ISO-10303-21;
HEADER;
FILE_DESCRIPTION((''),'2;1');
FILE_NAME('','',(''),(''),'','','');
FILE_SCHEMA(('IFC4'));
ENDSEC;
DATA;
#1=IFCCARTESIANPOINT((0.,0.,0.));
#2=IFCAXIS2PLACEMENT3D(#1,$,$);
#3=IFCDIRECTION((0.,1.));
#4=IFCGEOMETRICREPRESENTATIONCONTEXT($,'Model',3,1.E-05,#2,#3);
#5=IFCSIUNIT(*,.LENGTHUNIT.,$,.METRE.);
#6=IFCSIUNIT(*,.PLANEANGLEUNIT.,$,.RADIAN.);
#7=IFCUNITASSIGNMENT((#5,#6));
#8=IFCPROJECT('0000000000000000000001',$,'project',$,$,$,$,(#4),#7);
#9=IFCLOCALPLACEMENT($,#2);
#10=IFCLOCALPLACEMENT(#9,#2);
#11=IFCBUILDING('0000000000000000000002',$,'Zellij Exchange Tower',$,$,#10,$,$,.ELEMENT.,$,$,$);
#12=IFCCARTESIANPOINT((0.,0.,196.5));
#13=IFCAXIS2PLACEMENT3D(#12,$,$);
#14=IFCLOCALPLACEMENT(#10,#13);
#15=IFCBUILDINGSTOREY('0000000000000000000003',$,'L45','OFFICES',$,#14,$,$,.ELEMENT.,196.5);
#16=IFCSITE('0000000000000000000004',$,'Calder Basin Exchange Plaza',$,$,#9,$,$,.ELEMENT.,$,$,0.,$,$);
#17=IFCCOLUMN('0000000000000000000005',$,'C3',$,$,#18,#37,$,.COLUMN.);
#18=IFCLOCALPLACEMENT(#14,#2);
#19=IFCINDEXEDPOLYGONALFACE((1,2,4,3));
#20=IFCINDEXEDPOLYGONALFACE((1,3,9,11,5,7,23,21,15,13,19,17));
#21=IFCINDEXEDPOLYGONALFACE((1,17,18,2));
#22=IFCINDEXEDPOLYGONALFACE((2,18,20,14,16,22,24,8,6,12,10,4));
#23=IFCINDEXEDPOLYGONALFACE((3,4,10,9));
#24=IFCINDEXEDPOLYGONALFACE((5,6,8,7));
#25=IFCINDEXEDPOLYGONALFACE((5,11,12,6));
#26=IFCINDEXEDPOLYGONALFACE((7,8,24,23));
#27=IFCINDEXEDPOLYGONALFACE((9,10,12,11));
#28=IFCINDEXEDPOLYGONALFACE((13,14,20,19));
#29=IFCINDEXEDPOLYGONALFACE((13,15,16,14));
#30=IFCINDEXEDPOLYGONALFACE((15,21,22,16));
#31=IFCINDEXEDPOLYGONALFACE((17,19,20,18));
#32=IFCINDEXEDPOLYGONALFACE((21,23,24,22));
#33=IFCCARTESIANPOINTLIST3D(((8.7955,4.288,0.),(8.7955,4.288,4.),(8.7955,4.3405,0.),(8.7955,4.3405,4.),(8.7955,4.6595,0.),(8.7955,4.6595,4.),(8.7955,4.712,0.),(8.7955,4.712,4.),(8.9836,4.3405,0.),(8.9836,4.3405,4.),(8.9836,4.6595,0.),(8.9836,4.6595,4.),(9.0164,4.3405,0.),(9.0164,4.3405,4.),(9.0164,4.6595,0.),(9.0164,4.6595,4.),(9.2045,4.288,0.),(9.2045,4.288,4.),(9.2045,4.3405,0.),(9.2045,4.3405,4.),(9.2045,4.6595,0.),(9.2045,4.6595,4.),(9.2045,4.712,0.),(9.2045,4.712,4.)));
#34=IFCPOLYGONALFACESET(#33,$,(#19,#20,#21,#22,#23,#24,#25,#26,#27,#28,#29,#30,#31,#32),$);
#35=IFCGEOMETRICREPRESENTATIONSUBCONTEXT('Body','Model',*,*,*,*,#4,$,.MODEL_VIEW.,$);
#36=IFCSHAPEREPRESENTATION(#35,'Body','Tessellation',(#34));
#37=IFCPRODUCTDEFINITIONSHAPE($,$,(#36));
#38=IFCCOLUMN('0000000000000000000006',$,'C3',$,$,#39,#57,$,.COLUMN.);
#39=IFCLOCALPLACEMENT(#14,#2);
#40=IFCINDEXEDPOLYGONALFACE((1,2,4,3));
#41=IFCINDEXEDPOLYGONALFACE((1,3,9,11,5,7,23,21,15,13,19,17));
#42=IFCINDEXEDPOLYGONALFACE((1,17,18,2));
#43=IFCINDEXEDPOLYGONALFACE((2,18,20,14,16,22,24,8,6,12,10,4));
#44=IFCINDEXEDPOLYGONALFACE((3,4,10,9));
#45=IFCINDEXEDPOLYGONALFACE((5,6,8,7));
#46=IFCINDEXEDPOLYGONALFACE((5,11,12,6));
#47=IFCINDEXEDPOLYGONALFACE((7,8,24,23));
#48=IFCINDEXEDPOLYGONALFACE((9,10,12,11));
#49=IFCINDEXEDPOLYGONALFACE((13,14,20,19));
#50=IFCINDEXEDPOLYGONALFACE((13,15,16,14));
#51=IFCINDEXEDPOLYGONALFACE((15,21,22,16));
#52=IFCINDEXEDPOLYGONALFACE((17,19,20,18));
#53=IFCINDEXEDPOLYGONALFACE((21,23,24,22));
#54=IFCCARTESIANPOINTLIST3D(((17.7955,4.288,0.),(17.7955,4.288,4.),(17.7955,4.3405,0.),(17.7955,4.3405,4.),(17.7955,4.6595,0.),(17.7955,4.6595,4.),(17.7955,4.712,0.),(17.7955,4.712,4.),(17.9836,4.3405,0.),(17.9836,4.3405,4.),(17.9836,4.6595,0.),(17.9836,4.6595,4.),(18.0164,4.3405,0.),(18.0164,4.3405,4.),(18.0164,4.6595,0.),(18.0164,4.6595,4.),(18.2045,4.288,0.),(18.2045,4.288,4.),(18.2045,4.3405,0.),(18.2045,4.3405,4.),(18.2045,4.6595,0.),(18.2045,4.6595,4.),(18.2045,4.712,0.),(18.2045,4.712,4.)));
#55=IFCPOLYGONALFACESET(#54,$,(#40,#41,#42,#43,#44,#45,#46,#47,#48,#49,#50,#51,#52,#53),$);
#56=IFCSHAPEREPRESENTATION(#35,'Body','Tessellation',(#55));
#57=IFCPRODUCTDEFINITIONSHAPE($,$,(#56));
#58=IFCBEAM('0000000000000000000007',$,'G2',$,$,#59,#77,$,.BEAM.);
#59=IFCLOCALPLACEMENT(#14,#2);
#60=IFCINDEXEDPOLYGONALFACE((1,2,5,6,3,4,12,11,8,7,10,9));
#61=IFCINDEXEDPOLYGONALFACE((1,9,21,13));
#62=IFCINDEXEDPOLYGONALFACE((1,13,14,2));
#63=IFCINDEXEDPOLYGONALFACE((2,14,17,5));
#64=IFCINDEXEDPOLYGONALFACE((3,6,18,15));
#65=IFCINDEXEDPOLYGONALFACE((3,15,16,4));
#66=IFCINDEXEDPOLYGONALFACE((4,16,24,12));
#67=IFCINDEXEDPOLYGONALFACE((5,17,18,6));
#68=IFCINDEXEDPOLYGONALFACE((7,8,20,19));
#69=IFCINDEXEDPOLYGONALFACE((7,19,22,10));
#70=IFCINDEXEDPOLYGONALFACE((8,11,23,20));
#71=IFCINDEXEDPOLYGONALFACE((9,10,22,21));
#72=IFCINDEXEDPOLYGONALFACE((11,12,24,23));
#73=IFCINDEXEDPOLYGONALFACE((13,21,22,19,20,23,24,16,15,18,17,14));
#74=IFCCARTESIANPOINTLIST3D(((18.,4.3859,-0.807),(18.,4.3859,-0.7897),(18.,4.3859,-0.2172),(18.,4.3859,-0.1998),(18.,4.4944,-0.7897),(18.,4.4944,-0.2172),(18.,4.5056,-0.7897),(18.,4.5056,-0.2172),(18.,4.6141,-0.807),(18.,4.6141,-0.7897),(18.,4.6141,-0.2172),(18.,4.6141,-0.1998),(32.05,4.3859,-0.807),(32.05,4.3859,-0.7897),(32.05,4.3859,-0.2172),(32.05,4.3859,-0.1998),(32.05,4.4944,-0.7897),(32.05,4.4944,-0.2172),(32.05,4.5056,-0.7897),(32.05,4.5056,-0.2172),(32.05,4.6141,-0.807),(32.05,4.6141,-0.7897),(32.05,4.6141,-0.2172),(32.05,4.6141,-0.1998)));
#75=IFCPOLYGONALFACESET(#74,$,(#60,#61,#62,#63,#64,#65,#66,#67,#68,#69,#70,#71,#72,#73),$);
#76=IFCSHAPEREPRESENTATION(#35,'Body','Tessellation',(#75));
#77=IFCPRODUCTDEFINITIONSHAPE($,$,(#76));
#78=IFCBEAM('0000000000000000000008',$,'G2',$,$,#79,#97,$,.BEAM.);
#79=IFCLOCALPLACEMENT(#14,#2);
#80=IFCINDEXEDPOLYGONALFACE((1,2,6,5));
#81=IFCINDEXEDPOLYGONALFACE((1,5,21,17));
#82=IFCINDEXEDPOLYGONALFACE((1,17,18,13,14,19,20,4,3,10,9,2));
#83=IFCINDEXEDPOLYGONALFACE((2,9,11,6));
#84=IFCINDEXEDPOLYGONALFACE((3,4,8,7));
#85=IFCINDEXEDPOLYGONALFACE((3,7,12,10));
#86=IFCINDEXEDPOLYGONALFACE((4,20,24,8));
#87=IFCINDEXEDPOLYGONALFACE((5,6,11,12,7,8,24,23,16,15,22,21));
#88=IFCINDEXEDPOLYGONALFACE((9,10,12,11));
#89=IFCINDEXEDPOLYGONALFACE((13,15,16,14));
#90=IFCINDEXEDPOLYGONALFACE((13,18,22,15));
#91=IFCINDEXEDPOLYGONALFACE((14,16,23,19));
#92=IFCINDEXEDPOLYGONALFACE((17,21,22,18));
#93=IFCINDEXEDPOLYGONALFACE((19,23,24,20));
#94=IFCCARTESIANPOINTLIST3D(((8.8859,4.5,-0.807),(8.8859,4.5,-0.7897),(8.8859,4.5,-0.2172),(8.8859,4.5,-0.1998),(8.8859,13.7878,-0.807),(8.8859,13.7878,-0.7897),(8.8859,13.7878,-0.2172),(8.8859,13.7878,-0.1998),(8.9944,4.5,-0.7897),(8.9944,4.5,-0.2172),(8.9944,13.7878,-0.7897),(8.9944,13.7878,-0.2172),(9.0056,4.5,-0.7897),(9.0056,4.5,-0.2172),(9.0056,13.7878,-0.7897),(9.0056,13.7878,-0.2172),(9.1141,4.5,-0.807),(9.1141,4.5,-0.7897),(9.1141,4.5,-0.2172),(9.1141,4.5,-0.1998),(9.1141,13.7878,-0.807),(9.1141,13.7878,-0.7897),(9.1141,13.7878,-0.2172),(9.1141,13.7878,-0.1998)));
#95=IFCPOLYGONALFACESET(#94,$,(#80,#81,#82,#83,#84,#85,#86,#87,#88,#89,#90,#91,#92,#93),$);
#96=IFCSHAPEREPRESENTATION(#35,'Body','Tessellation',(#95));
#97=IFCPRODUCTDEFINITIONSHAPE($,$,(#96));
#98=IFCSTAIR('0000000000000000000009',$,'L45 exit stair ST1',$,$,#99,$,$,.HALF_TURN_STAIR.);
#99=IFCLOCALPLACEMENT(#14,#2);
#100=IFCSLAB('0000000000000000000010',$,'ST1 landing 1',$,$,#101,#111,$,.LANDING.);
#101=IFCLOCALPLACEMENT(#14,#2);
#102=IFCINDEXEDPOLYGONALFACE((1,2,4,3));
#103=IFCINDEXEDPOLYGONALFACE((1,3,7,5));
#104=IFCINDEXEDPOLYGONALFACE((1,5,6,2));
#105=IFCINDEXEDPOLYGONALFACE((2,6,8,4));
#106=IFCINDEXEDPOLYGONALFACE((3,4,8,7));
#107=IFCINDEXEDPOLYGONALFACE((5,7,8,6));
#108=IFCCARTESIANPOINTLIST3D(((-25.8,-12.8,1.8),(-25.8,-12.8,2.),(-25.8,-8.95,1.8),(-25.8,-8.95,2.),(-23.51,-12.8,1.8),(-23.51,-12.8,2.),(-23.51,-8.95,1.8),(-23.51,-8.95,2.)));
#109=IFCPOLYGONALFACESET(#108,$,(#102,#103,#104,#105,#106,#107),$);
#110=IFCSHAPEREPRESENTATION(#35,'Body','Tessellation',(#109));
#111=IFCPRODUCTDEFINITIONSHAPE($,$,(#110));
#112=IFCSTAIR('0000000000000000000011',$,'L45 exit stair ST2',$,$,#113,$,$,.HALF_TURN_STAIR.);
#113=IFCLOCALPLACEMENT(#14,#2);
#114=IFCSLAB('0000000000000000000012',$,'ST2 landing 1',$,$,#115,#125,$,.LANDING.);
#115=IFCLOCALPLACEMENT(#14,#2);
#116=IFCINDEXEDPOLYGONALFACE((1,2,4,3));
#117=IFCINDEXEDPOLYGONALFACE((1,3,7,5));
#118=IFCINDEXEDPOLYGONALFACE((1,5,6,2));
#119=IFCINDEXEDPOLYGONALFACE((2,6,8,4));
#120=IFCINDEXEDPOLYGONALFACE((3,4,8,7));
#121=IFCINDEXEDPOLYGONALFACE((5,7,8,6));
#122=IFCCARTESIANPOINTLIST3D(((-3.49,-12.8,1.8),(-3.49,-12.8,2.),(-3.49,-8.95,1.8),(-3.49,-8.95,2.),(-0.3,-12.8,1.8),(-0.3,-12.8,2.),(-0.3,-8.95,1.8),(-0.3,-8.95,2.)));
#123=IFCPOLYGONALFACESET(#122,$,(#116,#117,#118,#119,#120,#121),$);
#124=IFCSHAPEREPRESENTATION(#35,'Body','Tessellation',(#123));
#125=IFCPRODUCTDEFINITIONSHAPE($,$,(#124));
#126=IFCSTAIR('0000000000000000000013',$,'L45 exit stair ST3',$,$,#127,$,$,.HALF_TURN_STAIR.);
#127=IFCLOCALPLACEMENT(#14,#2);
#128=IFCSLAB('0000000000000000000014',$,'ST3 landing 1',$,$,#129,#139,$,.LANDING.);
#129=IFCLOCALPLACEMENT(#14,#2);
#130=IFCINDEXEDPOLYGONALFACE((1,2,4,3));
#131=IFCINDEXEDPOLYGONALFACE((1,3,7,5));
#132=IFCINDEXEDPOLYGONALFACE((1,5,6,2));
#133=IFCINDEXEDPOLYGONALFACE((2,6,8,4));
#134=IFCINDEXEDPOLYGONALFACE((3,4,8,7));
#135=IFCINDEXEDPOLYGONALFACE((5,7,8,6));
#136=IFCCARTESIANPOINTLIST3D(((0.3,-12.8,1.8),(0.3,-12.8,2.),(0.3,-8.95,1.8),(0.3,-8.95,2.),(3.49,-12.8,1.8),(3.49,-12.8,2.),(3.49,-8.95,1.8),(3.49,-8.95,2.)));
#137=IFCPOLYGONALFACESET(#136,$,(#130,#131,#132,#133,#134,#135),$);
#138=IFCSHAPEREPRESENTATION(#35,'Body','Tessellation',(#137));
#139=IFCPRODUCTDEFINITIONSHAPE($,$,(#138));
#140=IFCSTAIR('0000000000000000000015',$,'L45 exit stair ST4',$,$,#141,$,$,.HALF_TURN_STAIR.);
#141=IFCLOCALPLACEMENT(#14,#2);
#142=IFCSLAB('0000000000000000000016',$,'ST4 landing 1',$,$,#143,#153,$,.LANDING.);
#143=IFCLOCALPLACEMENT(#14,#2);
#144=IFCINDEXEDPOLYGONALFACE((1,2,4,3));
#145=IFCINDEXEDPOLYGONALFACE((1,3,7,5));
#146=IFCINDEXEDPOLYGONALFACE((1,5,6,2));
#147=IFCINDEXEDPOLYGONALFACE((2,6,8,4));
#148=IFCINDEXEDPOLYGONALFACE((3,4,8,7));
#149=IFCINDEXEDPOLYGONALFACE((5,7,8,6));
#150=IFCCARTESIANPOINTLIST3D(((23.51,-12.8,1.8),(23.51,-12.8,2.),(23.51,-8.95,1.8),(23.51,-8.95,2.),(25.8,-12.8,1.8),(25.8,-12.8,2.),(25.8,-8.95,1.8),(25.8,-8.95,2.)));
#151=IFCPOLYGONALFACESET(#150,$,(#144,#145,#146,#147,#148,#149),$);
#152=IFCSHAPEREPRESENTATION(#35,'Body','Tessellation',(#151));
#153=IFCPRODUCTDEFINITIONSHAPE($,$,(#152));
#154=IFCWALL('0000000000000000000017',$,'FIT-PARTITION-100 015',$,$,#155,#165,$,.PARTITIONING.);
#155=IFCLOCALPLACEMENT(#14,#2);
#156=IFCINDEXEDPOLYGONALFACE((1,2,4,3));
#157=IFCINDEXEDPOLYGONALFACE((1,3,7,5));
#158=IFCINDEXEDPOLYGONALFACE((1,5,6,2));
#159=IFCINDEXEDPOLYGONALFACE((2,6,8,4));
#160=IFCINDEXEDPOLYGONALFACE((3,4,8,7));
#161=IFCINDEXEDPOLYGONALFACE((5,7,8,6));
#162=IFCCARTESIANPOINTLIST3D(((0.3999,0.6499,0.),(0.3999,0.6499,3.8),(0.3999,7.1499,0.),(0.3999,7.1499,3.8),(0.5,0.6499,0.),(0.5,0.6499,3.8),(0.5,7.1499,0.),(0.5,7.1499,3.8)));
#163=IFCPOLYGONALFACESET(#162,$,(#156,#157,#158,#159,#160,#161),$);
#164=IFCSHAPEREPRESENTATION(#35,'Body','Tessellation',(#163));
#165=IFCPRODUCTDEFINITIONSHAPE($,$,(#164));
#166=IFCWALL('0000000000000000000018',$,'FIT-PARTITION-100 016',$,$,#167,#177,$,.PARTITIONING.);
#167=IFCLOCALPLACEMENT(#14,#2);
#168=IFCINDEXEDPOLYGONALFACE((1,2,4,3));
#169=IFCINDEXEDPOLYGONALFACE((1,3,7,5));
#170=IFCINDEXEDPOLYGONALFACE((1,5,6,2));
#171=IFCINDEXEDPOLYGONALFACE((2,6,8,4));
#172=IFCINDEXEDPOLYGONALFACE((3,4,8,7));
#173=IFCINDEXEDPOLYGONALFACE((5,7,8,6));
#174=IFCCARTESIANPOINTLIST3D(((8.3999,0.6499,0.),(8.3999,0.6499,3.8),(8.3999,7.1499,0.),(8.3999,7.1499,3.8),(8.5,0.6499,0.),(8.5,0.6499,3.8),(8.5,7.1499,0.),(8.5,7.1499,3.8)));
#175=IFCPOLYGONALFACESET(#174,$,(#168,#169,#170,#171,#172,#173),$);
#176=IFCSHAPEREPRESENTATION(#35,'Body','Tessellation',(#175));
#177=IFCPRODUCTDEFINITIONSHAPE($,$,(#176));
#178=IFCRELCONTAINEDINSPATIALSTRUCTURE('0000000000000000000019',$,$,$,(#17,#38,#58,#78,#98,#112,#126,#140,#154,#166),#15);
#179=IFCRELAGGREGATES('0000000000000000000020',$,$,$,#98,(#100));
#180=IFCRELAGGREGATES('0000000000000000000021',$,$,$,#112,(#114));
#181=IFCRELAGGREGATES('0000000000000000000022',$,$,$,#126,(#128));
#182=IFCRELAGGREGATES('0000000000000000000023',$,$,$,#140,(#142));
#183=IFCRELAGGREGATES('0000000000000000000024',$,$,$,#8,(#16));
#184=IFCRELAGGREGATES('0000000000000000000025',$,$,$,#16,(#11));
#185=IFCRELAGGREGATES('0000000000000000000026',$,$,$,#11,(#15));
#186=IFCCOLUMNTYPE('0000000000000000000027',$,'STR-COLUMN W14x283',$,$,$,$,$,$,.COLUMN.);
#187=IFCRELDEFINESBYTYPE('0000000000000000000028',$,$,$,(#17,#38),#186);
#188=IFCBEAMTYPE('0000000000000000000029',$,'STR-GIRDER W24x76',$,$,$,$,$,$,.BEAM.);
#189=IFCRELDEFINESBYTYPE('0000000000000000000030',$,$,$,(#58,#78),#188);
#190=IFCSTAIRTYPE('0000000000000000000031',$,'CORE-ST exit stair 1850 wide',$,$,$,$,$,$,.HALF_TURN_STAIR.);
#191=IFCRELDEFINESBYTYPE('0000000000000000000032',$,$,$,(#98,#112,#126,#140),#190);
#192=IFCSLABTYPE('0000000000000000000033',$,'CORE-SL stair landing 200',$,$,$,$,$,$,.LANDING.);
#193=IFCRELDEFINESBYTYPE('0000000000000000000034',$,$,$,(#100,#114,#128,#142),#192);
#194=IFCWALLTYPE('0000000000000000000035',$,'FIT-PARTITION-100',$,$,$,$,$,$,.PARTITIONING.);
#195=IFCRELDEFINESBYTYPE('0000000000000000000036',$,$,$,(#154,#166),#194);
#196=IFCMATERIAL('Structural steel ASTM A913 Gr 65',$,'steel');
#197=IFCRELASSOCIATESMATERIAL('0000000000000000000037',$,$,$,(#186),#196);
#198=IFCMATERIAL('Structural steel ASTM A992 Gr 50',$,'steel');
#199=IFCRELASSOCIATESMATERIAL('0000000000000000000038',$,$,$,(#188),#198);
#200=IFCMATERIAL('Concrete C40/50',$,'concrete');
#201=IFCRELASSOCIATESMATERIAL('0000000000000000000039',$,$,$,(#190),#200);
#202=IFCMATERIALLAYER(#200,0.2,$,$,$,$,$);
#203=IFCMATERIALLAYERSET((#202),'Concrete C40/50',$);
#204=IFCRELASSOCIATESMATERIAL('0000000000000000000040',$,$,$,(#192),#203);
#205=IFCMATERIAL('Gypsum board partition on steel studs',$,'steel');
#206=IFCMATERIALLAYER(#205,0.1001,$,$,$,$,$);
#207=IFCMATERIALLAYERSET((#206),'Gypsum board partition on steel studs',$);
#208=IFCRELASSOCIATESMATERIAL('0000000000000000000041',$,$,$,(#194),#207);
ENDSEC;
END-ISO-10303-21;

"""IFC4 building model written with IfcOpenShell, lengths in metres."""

from ifc_helpers import new_model, si_unit, direction, frame, frame_2d, origin, origin_2d, place, context, subcontext, project, spatial, polyline, rectangle, i_section, outline, extrude, material, layer, layer_set, material_profile, profile_set, type_object, element, aggregate, save


model = new_model("IFC4")

# Units and contexts
model_context = context("Model", 3, precision=1e-05, world=origin(), true_north=direction((0.0, 1.0)))
body_context = subcontext(model_context, "Body", "Model", "MODEL_VIEW")
ifc_project = project(units=[si_unit("LENGTHUNIT", "METRE"), si_unit("PLANEANGLEUNIT", "RADIAN")], contexts=[model_context])

# Site, building, storey
site_placement = place(None, origin())
site = spatial("IfcSite", under=ifc_project, at=site_placement, Name="Calder Basin Exchange Plaza", CompositionType="ELEMENT", RefElevation=0.0)
building_placement = place(site_placement, origin())
building = spatial("IfcBuilding", under=site, at=building_placement, Name="Zellij Exchange Tower", CompositionType="ELEMENT")
storey_placement = place(building_placement, frame((0.0, 0.0, 196.5)))
storey = spatial("IfcBuildingStorey", under=building, at=storey_placement, Name="L45", Description="OFFICES", CompositionType="ELEMENT", Elevation=196.5)

# Columns
ifc_material_1 = material(Name="Structural steel ASTM A913 Gr 65", Category="steel")
ifc_material_profile_1 = material_profile(ifc_material_1, i_section(OverallWidth=0.4089, OverallDepth=0.4241, WebThickness=0.0327, FlangeThickness=0.0525, at=origin_2d()), Name="W14x283")
ifc_profile_set_1 = profile_set([ifc_material_profile_1], Name="Structural steel ASTM A913 Gr 65")
column_type = type_object("IfcColumnType", Name="STR-COLUMN W14x283", PredefinedType="COLUMN", material=ifc_profile_set_1)
for number, where, z_axis, x_axis, name in (
    (1, (9.0, 4.5, 0.0), (0.0, 0.0, 1.0), (1.0, 0.0, 0.0), "C3"),
    (2, (18.0, 4.5, 0.0), (0.0, 0.0, 1.0), (1.0, 0.0, 0.0), "C3"),
):
    element("IfcColumn", number, at=place(storey_placement, frame(where, z_axis=z_axis, x_axis=x_axis)), inside=storey, type_object=column_type, Name=name, PredefinedType="COLUMN", context=body_context, shape_type="SweptSolid", body=[
        extrude(i_section(OverallWidth=0.4089, OverallDepth=0.4241, WebThickness=0.0327, FlangeThickness=0.0525, at=origin_2d()), origin(), (0.0, 0.0, 1.0), 4.0),
    ])

# Beams
ifc_material_2 = material(Name="Structural steel ASTM A992 Gr 50", Category="steel")
ifc_material_profile_2 = material_profile(ifc_material_2, i_section(OverallWidth=0.2283, OverallDepth=0.6072, WebThickness=0.0112, FlangeThickness=0.0173, at=origin_2d()), Name="W24x76")
ifc_profile_set_2 = profile_set([ifc_material_profile_2], Name="Structural steel ASTM A992 Gr 50")
beam_type = type_object("IfcBeamType", Name="STR-GIRDER W24x76", PredefinedType="BEAM", material=ifc_profile_set_2)
beam_1_placement = place(storey_placement, frame((18.0, 4.5, -0.5034), z_axis=(1.0, 0.0, 0.0), x_axis=(0.0, 1.0, 0.0)))
element("IfcBeam", 3, at=beam_1_placement, inside=storey, type_object=beam_type, Name="G2", PredefinedType="BEAM", context=body_context, shape_type="SweptSolid", body=[
    extrude(i_section(OverallWidth=0.2283, OverallDepth=0.6072, WebThickness=0.0112, FlangeThickness=0.0173, at=origin_2d()), origin(), (0.0, 0.0, 1.0), 14.05),
])
beam_2_placement = place(storey_placement, frame((9.0, 4.5, -0.5034), z_axis=(0.0, 1.0, 0.0), x_axis=(-1.0, 0.0, 0.0)))
element("IfcBeam", 4, at=beam_2_placement, inside=storey, type_object=beam_type, Name="G2", PredefinedType="BEAM", context=body_context, shape_type="SweptSolid", body=[
    extrude(i_section(OverallWidth=0.2283, OverallDepth=0.6072, WebThickness=0.0112, FlangeThickness=0.0173, at=origin_2d()), origin(), (0.0, 0.0, 1.0), 9.2878),
])

# Stairs, slabs
ifc_material_3 = material(Name="Concrete C40/50", Category="concrete")
stair_type = type_object("IfcStairType", Name="CORE-ST exit stair 1850 wide", PredefinedType="HALF_TURN_STAIR", material=ifc_material_3)
stair_1_placement = place(storey_placement, origin())
stair_1 = element("IfcStair", 5, at=stair_1_placement, inside=storey, type_object=stair_type, Name="L45 exit stair ST1", PredefinedType="HALF_TURN_STAIR")
ifc_layer_1 = layer(ifc_material_3, 0.2)
ifc_layer_set_1 = layer_set([ifc_layer_1], Name="Concrete C40/50")
slab_type = type_object("IfcSlabType", Name="CORE-SL stair landing 200", PredefinedType="LANDING", material=ifc_layer_set_1)
slab_1_placement = place(storey_placement, frame((0.0, 0.0, 1.8)))
slab_1 = element("IfcSlab", 6, at=slab_1_placement, type_object=slab_type, Name="ST1 landing 1", PredefinedType="LANDING", context=body_context, shape_type="SweptSolid", body=[
    extrude(outline(polyline([(-23.51, -8.95), (-25.8, -8.95), (-25.8, -12.8), (-23.51, -12.8), (-23.51, -8.95)])), origin(), (0.0, 0.0, 1.0), 0.2),
])
aggregate(stair_1, [slab_1])
stair_2_placement = place(storey_placement, origin())
stair_2 = element("IfcStair", 7, at=stair_2_placement, inside=storey, type_object=stair_type, Name="L45 exit stair ST2", PredefinedType="HALF_TURN_STAIR")
slab_2_placement = place(storey_placement, frame((0.0, 0.0, 1.8)))
slab_2 = element("IfcSlab", 8, at=slab_2_placement, type_object=slab_type, Name="ST2 landing 1", PredefinedType="LANDING", context=body_context, shape_type="SweptSolid", body=[
    extrude(outline(polyline([(-3.49, -12.8), (-0.3, -12.8), (-0.3, -8.95), (-3.49, -8.95), (-3.49, -12.8)])), origin(), (0.0, 0.0, 1.0), 0.2),
])
aggregate(stair_2, [slab_2])
stair_3_placement = place(storey_placement, origin())
stair_3 = element("IfcStair", 9, at=stair_3_placement, inside=storey, type_object=stair_type, Name="L45 exit stair ST3", PredefinedType="HALF_TURN_STAIR")
slab_3_placement = place(storey_placement, frame((0.0, 0.0, 1.8)))
slab_3 = element("IfcSlab", 10, at=slab_3_placement, type_object=slab_type, Name="ST3 landing 1", PredefinedType="LANDING", context=body_context, shape_type="SweptSolid", body=[
    extrude(outline(polyline([(3.49, -8.95), (0.3, -8.95), (0.3, -12.8), (3.49, -12.8), (3.49, -8.95)])), origin(), (0.0, 0.0, 1.0), 0.2),
])
aggregate(stair_3, [slab_3])
stair_4_placement = place(storey_placement, origin())
stair_4 = element("IfcStair", 11, at=stair_4_placement, inside=storey, type_object=stair_type, Name="L45 exit stair ST4", PredefinedType="HALF_TURN_STAIR")
slab_4_placement = place(storey_placement, frame((0.0, 0.0, 1.8)))
slab_4 = element("IfcSlab", 12, at=slab_4_placement, type_object=slab_type, Name="ST4 landing 1", PredefinedType="LANDING", context=body_context, shape_type="SweptSolid", body=[
    extrude(outline(polyline([(23.51, -12.8), (25.8, -12.8), (25.8, -8.95), (23.51, -8.95), (23.51, -12.8)])), origin(), (0.0, 0.0, 1.0), 0.2),
])
aggregate(stair_4, [slab_4])

# Walls
ifc_material_4 = material(Name="Gypsum board partition on steel studs", Category="steel")
ifc_layer_2 = layer(ifc_material_4, 0.1001)
ifc_layer_set_2 = layer_set([ifc_layer_2], Name="Gypsum board partition on steel studs")
wall_type = type_object("IfcWallType", Name="FIT-PARTITION-100", PredefinedType="PARTITIONING", material=ifc_layer_set_2)
for number, where, z_axis, x_axis, name in (
    (13, (0.45, 0.6499, 0.0), (0.0, 0.0, 1.0), (0.0, 1.0, 0.0), "FIT-PARTITION-100 015"),
    (14, (8.45, 0.6499, 0.0), (0.0, 0.0, 1.0), (0.0, 1.0, 0.0), "FIT-PARTITION-100 016"),
):
    element("IfcWall", number, at=place(storey_placement, frame(where, z_axis=z_axis, x_axis=x_axis)), inside=storey, type_object=wall_type, Name=name, PredefinedType="PARTITIONING", context=body_context, shape_type="SweptSolid", body=[
        extrude(rectangle(XDim=6.5, YDim=0.1001, at=frame_2d((3.25, 0.0))), origin(), (0.0, 0.0, 1.0), 3.8),
    ])

save(model, "model.ifc")
